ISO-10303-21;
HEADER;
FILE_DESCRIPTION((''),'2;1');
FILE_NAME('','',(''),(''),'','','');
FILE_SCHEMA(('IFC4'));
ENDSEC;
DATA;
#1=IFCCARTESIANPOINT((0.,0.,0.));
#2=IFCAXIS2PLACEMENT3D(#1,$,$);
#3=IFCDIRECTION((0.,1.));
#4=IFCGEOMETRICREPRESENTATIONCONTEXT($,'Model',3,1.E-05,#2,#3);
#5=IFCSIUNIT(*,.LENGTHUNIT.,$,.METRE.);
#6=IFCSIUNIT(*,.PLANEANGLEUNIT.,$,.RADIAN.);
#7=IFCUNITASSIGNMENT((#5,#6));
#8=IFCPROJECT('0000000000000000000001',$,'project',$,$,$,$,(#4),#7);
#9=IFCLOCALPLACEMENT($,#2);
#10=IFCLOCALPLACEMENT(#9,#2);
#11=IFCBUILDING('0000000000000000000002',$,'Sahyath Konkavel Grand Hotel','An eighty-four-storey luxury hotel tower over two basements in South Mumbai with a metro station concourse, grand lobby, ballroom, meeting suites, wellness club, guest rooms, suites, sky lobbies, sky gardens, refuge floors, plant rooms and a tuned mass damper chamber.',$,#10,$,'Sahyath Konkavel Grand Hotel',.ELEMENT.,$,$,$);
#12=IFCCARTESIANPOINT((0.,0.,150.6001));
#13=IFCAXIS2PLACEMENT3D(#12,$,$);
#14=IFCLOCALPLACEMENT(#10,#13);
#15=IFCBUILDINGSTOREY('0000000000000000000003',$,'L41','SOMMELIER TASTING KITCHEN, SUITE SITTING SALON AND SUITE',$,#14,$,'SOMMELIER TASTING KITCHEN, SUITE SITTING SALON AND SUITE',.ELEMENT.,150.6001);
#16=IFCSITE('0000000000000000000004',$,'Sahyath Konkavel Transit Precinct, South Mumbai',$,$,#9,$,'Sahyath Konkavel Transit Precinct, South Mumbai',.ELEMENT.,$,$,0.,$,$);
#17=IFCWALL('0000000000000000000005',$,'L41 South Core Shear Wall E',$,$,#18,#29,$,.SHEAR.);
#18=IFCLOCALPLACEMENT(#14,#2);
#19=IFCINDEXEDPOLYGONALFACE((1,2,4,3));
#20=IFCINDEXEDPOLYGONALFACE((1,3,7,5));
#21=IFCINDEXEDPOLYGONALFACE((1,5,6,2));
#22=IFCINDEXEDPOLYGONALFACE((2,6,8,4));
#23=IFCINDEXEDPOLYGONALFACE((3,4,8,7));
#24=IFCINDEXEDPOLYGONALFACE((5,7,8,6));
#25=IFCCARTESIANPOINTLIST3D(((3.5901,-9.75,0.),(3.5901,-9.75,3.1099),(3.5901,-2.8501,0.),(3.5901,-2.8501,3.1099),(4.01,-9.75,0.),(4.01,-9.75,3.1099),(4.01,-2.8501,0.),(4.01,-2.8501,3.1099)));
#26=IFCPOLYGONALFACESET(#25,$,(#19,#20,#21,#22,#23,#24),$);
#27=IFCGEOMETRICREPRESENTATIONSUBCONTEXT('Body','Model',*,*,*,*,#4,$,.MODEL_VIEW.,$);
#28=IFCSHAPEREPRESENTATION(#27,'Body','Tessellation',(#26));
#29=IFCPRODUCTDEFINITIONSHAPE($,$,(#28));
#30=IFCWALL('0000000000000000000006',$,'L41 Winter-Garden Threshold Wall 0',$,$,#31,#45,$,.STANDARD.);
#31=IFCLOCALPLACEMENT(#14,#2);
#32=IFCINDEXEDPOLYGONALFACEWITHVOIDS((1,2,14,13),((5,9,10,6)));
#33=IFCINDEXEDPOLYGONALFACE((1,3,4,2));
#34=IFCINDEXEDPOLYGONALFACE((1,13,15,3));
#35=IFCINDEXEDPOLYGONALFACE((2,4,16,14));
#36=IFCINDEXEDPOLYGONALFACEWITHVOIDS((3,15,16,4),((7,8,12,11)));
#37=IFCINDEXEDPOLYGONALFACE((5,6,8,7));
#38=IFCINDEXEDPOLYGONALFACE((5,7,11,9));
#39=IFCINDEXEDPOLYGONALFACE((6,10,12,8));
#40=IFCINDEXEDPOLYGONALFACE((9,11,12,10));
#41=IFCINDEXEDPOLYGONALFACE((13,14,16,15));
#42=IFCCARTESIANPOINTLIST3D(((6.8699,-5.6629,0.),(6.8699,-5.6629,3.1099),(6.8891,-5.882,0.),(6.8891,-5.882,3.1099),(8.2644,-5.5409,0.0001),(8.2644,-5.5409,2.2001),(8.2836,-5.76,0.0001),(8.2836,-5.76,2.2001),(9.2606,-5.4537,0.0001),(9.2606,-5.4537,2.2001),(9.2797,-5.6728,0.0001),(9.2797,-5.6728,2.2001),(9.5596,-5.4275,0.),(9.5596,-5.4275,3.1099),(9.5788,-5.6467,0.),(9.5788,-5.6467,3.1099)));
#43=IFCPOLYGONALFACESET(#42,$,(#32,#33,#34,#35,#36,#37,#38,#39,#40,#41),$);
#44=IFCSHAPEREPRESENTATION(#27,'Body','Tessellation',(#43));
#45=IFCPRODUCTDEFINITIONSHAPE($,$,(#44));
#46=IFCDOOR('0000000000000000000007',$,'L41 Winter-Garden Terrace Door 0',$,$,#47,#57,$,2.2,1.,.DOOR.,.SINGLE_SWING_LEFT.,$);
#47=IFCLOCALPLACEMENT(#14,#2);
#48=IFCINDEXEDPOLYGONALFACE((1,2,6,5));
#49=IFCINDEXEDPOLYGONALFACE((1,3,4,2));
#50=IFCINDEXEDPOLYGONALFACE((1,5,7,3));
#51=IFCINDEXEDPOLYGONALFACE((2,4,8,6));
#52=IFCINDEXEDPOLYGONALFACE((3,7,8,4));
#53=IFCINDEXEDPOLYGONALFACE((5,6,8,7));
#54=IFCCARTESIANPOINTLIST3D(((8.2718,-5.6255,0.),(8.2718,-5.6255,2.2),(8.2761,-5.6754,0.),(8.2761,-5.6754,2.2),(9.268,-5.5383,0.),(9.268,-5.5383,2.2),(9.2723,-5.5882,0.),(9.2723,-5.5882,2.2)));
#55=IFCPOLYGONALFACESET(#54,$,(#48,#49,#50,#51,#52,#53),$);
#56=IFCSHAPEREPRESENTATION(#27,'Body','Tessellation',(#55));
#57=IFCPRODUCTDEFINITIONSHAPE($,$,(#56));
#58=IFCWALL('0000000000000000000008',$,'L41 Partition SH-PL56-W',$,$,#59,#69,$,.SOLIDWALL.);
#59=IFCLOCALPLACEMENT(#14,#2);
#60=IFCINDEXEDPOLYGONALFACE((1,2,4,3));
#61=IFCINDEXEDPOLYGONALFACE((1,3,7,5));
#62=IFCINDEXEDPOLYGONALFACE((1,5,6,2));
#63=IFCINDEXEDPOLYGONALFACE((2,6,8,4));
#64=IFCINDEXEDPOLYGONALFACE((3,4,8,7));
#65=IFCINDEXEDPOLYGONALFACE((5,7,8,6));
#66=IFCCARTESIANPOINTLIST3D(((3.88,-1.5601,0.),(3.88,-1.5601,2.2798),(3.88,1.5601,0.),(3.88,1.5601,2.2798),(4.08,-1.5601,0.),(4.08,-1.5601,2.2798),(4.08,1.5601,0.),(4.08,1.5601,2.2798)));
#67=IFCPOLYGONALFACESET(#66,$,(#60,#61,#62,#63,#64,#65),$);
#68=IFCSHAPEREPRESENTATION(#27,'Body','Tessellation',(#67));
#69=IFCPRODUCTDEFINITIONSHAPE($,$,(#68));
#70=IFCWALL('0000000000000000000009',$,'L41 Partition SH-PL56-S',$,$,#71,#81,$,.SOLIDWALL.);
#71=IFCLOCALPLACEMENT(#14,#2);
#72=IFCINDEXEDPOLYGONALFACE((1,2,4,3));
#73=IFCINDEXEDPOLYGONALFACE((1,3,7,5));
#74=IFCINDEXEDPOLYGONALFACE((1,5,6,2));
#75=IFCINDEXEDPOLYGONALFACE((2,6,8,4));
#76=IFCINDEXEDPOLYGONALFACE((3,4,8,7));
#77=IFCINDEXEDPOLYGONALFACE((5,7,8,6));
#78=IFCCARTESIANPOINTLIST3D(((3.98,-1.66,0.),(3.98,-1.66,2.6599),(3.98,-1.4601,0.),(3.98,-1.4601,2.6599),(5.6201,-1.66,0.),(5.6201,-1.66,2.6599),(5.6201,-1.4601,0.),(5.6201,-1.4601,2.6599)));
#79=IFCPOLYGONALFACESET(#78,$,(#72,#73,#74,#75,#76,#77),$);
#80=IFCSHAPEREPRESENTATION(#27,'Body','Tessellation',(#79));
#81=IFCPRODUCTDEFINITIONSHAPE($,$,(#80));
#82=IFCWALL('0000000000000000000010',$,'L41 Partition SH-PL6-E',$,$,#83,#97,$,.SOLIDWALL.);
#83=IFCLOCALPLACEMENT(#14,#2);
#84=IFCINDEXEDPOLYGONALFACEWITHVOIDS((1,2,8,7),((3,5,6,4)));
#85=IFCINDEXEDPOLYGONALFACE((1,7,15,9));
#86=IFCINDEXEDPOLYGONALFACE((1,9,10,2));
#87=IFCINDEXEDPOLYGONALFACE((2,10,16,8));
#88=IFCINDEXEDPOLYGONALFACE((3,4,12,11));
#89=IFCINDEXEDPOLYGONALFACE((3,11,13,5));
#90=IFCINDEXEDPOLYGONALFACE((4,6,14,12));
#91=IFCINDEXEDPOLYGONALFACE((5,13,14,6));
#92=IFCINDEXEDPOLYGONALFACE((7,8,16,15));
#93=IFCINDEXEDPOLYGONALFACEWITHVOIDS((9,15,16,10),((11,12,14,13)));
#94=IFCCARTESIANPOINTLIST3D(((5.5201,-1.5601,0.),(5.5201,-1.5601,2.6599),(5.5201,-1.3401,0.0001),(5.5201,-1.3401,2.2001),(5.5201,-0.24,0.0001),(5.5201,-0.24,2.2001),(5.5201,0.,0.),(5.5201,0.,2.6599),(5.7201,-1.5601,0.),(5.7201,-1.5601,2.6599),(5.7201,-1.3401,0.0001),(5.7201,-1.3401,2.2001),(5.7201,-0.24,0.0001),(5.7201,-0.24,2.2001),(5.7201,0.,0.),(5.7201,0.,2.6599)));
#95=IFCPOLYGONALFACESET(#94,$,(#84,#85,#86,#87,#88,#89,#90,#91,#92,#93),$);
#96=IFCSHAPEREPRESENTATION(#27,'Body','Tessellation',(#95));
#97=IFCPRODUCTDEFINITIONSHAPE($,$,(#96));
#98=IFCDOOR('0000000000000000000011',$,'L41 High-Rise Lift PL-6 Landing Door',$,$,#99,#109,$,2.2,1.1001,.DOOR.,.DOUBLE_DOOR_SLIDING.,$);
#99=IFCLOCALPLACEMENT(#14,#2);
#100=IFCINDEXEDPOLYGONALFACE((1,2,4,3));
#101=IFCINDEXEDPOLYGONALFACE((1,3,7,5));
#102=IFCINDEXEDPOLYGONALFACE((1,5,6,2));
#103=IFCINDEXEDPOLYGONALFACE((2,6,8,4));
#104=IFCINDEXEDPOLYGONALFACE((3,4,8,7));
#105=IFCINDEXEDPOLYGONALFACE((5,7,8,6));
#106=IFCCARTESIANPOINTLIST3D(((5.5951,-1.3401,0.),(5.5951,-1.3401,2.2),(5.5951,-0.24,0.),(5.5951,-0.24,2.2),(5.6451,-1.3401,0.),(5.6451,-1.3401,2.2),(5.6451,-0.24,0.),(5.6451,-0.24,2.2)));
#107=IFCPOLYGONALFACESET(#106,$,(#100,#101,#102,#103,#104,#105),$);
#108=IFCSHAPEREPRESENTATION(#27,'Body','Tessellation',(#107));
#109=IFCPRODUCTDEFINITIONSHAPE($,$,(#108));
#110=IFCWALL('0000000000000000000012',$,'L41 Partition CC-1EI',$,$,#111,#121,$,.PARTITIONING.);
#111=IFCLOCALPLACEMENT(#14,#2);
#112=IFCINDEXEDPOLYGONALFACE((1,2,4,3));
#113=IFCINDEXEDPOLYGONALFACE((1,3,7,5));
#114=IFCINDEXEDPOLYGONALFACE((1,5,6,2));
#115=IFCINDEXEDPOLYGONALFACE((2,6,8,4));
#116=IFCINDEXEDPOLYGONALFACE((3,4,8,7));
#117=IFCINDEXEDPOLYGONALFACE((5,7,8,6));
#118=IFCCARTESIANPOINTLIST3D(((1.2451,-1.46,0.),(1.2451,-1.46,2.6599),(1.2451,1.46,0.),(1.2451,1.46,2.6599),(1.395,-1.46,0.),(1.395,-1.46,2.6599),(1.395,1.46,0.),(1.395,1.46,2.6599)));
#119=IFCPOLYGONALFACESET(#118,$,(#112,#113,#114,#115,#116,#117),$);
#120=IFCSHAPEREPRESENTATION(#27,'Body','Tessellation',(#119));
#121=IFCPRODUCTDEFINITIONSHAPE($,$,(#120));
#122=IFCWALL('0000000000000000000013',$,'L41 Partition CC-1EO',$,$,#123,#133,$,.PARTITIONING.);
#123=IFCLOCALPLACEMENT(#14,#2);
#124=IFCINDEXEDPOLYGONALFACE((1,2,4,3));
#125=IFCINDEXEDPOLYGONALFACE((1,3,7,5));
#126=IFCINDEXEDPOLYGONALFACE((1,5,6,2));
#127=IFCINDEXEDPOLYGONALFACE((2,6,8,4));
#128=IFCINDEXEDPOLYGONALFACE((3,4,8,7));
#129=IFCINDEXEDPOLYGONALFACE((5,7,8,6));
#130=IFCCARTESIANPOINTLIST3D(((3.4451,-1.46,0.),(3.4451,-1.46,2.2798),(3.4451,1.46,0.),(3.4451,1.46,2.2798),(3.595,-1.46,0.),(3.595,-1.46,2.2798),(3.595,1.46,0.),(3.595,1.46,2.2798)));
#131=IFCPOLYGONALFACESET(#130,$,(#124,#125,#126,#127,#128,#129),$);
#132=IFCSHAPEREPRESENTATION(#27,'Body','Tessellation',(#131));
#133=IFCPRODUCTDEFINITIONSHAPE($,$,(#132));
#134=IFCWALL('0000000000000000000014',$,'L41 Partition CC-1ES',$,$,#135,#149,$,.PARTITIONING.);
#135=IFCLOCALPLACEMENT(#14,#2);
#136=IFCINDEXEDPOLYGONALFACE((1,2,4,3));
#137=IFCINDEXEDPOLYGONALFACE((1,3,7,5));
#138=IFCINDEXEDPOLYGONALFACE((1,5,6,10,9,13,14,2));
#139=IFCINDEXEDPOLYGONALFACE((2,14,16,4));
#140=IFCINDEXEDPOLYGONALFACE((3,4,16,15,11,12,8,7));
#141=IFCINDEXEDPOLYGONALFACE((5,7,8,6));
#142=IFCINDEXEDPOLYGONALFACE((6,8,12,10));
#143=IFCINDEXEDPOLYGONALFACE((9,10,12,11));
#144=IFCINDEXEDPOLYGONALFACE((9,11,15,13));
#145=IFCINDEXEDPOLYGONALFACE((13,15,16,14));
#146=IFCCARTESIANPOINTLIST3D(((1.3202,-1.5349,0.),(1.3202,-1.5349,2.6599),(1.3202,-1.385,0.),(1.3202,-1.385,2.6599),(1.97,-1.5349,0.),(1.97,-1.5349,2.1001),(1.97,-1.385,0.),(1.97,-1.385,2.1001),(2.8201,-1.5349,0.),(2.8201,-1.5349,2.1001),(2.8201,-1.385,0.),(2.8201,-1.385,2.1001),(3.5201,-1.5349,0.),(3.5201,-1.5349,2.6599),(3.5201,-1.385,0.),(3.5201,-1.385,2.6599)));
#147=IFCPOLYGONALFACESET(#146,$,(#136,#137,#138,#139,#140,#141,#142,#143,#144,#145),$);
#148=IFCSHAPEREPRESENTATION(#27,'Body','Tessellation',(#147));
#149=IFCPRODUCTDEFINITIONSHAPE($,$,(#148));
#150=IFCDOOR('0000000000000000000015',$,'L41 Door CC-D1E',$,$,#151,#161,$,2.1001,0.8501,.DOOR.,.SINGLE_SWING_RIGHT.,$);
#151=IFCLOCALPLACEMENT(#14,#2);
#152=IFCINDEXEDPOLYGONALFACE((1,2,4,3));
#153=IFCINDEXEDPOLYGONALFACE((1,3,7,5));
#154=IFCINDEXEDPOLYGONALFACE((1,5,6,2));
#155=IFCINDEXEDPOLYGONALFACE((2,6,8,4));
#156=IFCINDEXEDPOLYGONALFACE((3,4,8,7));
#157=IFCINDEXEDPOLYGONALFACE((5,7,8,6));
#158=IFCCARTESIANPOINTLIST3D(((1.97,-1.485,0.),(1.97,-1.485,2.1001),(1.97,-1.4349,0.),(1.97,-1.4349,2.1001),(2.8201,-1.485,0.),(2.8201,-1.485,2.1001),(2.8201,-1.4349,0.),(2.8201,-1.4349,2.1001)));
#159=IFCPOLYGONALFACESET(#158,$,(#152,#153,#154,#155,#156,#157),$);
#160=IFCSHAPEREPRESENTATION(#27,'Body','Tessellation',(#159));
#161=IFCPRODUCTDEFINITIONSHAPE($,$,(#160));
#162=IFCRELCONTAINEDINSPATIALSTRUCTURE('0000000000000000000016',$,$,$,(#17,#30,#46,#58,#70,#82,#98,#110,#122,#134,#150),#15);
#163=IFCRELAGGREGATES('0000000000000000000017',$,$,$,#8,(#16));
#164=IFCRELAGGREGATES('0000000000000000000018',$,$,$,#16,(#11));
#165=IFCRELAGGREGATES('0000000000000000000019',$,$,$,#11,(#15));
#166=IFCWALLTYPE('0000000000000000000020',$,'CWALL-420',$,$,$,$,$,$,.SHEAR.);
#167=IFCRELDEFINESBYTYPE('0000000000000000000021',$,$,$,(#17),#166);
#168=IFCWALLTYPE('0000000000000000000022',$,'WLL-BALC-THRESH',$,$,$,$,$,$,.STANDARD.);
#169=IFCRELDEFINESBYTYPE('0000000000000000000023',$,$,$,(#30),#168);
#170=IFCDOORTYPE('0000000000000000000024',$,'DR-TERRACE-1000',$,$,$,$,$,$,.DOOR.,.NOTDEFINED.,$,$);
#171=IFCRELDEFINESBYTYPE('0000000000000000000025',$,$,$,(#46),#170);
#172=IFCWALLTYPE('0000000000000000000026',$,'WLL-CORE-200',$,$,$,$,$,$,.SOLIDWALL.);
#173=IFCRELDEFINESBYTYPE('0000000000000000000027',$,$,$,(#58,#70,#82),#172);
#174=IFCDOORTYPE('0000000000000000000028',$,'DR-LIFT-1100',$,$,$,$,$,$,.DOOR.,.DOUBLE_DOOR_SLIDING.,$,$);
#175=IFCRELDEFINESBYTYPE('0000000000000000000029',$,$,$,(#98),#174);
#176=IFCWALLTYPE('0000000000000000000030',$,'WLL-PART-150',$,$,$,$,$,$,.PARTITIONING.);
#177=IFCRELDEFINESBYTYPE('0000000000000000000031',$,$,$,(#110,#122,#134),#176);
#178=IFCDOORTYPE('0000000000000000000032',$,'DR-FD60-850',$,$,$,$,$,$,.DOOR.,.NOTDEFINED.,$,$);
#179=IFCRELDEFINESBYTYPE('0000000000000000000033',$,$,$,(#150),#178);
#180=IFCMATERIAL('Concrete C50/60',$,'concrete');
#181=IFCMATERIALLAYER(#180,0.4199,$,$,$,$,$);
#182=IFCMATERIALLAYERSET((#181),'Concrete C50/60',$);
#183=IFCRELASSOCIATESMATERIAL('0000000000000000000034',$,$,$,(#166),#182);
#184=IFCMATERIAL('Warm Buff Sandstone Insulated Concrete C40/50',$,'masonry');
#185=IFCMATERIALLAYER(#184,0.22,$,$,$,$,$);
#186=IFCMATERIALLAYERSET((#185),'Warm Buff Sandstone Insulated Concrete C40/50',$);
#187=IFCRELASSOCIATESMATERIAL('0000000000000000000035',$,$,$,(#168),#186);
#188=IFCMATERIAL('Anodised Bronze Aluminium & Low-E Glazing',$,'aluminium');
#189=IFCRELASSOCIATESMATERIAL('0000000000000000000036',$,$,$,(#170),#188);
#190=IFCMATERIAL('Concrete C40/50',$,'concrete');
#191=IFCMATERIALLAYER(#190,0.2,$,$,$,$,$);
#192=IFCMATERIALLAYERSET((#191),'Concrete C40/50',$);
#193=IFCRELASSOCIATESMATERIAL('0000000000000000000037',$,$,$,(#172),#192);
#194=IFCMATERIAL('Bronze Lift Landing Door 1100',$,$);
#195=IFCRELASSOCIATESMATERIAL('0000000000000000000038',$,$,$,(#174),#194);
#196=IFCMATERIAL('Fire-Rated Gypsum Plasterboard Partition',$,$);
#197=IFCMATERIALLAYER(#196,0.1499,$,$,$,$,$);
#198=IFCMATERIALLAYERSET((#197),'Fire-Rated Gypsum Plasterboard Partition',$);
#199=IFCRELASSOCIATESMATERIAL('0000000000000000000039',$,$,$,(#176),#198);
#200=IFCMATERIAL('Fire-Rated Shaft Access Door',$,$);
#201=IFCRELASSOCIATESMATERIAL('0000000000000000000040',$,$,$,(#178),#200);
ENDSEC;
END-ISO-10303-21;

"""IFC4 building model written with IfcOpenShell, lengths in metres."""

from ifc_helpers import new_model, si_unit, direction, frame, frame_2d, origin, origin_2d, place, context, subcontext, project, spatial, rectangle, extrude, source, transform, mapped, material, layer, layer_set, type_object, element, fill, save


model = new_model("IFC4")

# Units and contexts
model_context = context("Model", 3, precision=1e-05, world=origin(), true_north=direction((0.0, 1.0)))
body_context = subcontext(model_context, "Body", "Model", "MODEL_VIEW")
ifc_project = project(units=[si_unit("LENGTHUNIT", "METRE"), si_unit("PLANEANGLEUNIT", "RADIAN")], contexts=[model_context])

# Site, building, storey
site_placement = place(None, origin())
site = spatial("IfcSite", under=ifc_project, at=site_placement, Name="Sahyath Konkavel Transit Precinct, South Mumbai", LongName="Sahyath Konkavel Transit Precinct, South Mumbai", CompositionType="ELEMENT", RefElevation=0.0)
building_placement = place(site_placement, origin())
building = spatial("IfcBuilding", under=site, at=building_placement, Name="Sahyath Konkavel Grand Hotel", Description="An eighty-four-storey luxury hotel tower over two basements in South Mumbai with a metro station concourse, grand lobby, ballroom, meeting suites, wellness club, guest rooms, suites, sky lobbies, sky gardens, refuge floors, plant rooms and a tuned mass damper chamber.", LongName="Sahyath Konkavel Grand Hotel", CompositionType="ELEMENT")
storey_placement = place(building_placement, frame((0.0, 0.0, 150.6001)))
storey = spatial("IfcBuildingStorey", under=building, at=storey_placement, Name="L41", Description="SOMMELIER TASTING KITCHEN, SUITE SITTING SALON AND SUITE", LongName="SOMMELIER TASTING KITCHEN, SUITE SITTING SALON AND SUITE", CompositionType="ELEMENT", Elevation=150.6001)

# Shared definitions
ifc_material_1 = material(Name="Concrete C50/60", Category="concrete")

# Wall
ifc_layer_1 = layer(ifc_material_1, 0.4199)
ifc_layer_set_1 = layer_set([ifc_layer_1], Name="Concrete C50/60")
wall_type_1 = type_object("IfcWallType", Name="CWALL-420", PredefinedType="SHEAR", material=ifc_layer_set_1)
wall_1_placement = place(storey_placement, frame((3.8, -9.75, 0.0), z_axis=(0.0, 0.0, 1.0), x_axis=(0.0, 1.0, 0.0)))
element("IfcWall", 1, at=wall_1_placement, inside=storey, type_object=wall_type_1, Name="L41 South Core Shear Wall E", PredefinedType="SHEAR", context=body_context, shape_type="SweptSolid", body=[
    extrude(rectangle(XDim=6.8999, YDim=0.4199, at=frame_2d((3.45, 0.0))), origin(), (0.0, 0.0, 1.0), 3.1099),
])

# Wall, opening, door
ifc_material_2 = material(Name="Warm Buff Sandstone Insulated Concrete C40/50", Category="masonry")
ifc_layer_2 = layer(ifc_material_2, 0.22)
ifc_layer_set_2 = layer_set([ifc_layer_2], Name="Warm Buff Sandstone Insulated Concrete C40/50")
wall_type_2 = type_object("IfcWallType", Name="WLL-BALC-THRESH", PredefinedType="STANDARD", material=ifc_layer_set_2)
wall_2_placement = place(storey_placement, frame((6.8794, -5.7725, 0.0), z_axis=(0.0, 0.0, 1.0), x_axis=(0.996194, 0.087168, 0.0)))
wall_2 = element("IfcWall", 2, at=wall_2_placement, inside=storey, type_object=wall_type_2, Name="L41 Winter-Garden Threshold Wall 0", PredefinedType="STANDARD", context=body_context, shape_type="SweptSolid", body=[
    extrude(rectangle(XDim=2.7, YDim=0.22, at=frame_2d((1.3501, 0.0))), origin(), (0.0, 0.0, 1.0), 3.1099),
])
opening_1_placement = place(wall_2_placement, frame((1.3999, 0.0, 0.0)))
opening_1 = element("IfcOpeningElement", 3, at=opening_1_placement, cuts=wall_2, PredefinedType="OPENING", context=body_context, shape_type="SweptSolid", body=[
    extrude(rectangle(XDim=1.0, YDim=2.2, at=frame_2d((0.5, 1.1001))), frame((0.0, 0.1201, 0.0), z_axis=(0.0, -1.0, 0.0), x_axis=(1.0, 0.0, 0.0)), (0.0, 0.0, 1.0), 0.24),
])
ifc_material_3 = material(Name="Anodised Bronze Aluminium & Low-E Glazing", Category="aluminium")
door_type_1 = type_object("IfcDoorType", Name="DR-TERRACE-1000", OperationType="NOTDEFINED", PredefinedType="DOOR", material=ifc_material_3)
shared_shape_1 = source(origin(), body_context, "Body", "SweptSolid", [
    extrude(rectangle(XDim=1.0, YDim=0.05, at=origin_2d()), origin(), (0.0, 0.0, 1.0), 2.2),
])
door_1_placement = place(opening_1_placement, frame((0.5, 0.0, 0.0)))
door_1 = element("IfcDoor", 4, at=door_1_placement, inside=storey, type_object=door_type_1, Name="L41 Winter-Garden Terrace Door 0", OperationType="SINGLE_SWING_LEFT", OverallHeight=2.2, OverallWidth=1.0, PredefinedType="DOOR", context=body_context, shape_type="MappedRepresentation", body=[
    mapped(shared_shape_1, transform((0.0, 0.0, 0.0), scale=1.0)),
])
fill(opening_1, door_1)

# Walls
ifc_material_4 = material(Name="Concrete C40/50", Category="concrete")
ifc_layer_3 = layer(ifc_material_4, 0.2)
ifc_layer_set_3 = layer_set([ifc_layer_3], Name="Concrete C40/50")
wall_type_3 = type_object("IfcWallType", Name="WLL-CORE-200", PredefinedType="SOLIDWALL", material=ifc_layer_set_3)
wall_3_placement = place(storey_placement, frame((3.98, -1.5601, 0.0), z_axis=(0.0, 0.0, 1.0), x_axis=(0.0, 1.0, 0.0)))
element("IfcWall", 5, at=wall_3_placement, inside=storey, type_object=wall_type_3, Name="L41 Partition SH-PL56-W", PredefinedType="SOLIDWALL", context=body_context, shape_type="SweptSolid", body=[
    extrude(rectangle(XDim=3.1201, YDim=0.2, at=frame_2d((1.5601, 0.0))), origin(), (0.0, 0.0, 1.0), 2.2798),
])
wall_4_placement = place(storey_placement, frame((3.98, -1.5601, 0.0), z_axis=(0.0, 0.0, 1.0), x_axis=(1.0, 0.0, 0.0)))
element("IfcWall", 6, at=wall_4_placement, inside=storey, type_object=wall_type_3, Name="L41 Partition SH-PL56-S", PredefinedType="SOLIDWALL", context=body_context, shape_type="SweptSolid", body=[
    extrude(rectangle(XDim=1.6401, YDim=0.2, at=frame_2d((0.8201, 0.0))), origin(), (0.0, 0.0, 1.0), 2.6599),
])

# Wall, opening, door
wall_5_placement = place(storey_placement, frame((5.6201, -1.5601, 0.0), z_axis=(0.0, 0.0, 1.0), x_axis=(0.0, 1.0, 0.0)))
wall_5 = element("IfcWall", 7, at=wall_5_placement, inside=storey, type_object=wall_type_3, Name="L41 Partition SH-PL6-E", PredefinedType="SOLIDWALL", context=body_context, shape_type="SweptSolid", body=[
    extrude(rectangle(XDim=1.5601, YDim=0.2, at=frame_2d((0.78, 0.0))), origin(), (0.0, 0.0, 1.0), 2.6599),
])
opening_2_placement = place(wall_5_placement, frame((0.22, 0.0, 0.0)))
opening_2 = element("IfcOpeningElement", 8, at=opening_2_placement, cuts=wall_5, PredefinedType="OPENING", context=body_context, shape_type="SweptSolid", body=[
    extrude(rectangle(XDim=1.1001, YDim=2.2, at=frame_2d((0.55, 1.1001))), frame((0.0, 0.1099, 0.0), z_axis=(0.0, -1.0, 0.0), x_axis=(1.0, 0.0, 0.0)), (0.0, 0.0, 1.0), 0.22),
])
ifc_material_5 = material(Name="Bronze Lift Landing Door 1100")
door_type_2 = type_object("IfcDoorType", Name="DR-LIFT-1100", OperationType="DOUBLE_DOOR_SLIDING", PredefinedType="DOOR", material=ifc_material_5)
shared_shape_2 = source(origin(), body_context, "Body", "SweptSolid", [
    extrude(rectangle(XDim=1.1001, YDim=0.05, at=origin_2d()), origin(), (0.0, 0.0, 1.0), 2.2),
])
door_2_placement = place(opening_2_placement, frame((0.55, 0.0, 0.0)))
door_2 = element("IfcDoor", 9, at=door_2_placement, inside=storey, type_object=door_type_2, Name="L41 High-Rise Lift PL-6 Landing Door", OperationType="DOUBLE_DOOR_SLIDING", OverallHeight=2.2, OverallWidth=1.1001, PredefinedType="DOOR", context=body_context, shape_type="MappedRepresentation", body=[
    mapped(shared_shape_2, transform((0.0, 0.0, 0.0), scale=1.0)),
])
fill(opening_2, door_2)

# Walls
ifc_material_6 = material(Name="Fire-Rated Gypsum Plasterboard Partition")
ifc_layer_4 = layer(ifc_material_6, 0.1499)
ifc_layer_set_4 = layer_set([ifc_layer_4], Name="Fire-Rated Gypsum Plasterboard Partition")
wall_type_4 = type_object("IfcWallType", Name="WLL-PART-150", PredefinedType="PARTITIONING", material=ifc_layer_set_4)
wall_6_placement = place(storey_placement, frame((1.3201, -1.46, 0.0), z_axis=(0.0, 0.0, 1.0), x_axis=(0.0, 1.0, 0.0)))
element("IfcWall", 10, at=wall_6_placement, inside=storey, type_object=wall_type_4, Name="L41 Partition CC-1EI", PredefinedType="PARTITIONING", context=body_context, shape_type="SweptSolid", body=[
    extrude(rectangle(XDim=2.9199, YDim=0.1499, at=frame_2d((1.46, 0.0))), origin(), (0.0, 0.0, 1.0), 2.6599),
])
wall_7_placement = place(storey_placement, frame((3.52, -1.46, 0.0), z_axis=(0.0, 0.0, 1.0), x_axis=(0.0, 1.0, 0.0)))
element("IfcWall", 11, at=wall_7_placement, inside=storey, type_object=wall_type_4, Name="L41 Partition CC-1EO", PredefinedType="PARTITIONING", context=body_context, shape_type="SweptSolid", body=[
    extrude(rectangle(XDim=2.9199, YDim=0.1499, at=frame_2d((1.46, 0.0))), origin(), (0.0, 0.0, 1.0), 2.2798),
])

# Wall, opening, door
wall_8_placement = place(storey_placement, frame((1.3201, -1.46, 0.0), z_axis=(0.0, 0.0, 1.0), x_axis=(1.0, 0.0, 0.0)))
wall_8 = element("IfcWall", 12, at=wall_8_placement, inside=storey, type_object=wall_type_4, Name="L41 Partition CC-1ES", PredefinedType="PARTITIONING", context=body_context, shape_type="SweptSolid", body=[
    extrude(rectangle(XDim=2.2, YDim=0.1499, at=frame_2d((1.1001, 0.0))), origin(), (0.0, 0.0, 1.0), 2.6599),
])
opening_3_placement = place(wall_8_placement, frame((0.6499, 0.0, 0.0)))
opening_3 = element("IfcOpeningElement", 13, at=opening_3_placement, cuts=wall_8, PredefinedType="OPENING", context=body_context, shape_type="SweptSolid", body=[
    extrude(rectangle(XDim=0.8501, YDim=2.1001, at=frame_2d((0.425, 1.05))), frame((0.0, 0.085, 0.0), z_axis=(0.0, -1.0, 0.0), x_axis=(1.0, 0.0, 0.0)), (0.0, 0.0, 1.0), 0.1699),
])
ifc_material_7 = material(Name="Fire-Rated Shaft Access Door")
door_type_3 = type_object("IfcDoorType", Name="DR-FD60-850", OperationType="NOTDEFINED", PredefinedType="DOOR", material=ifc_material_7)
shared_shape_3 = source(origin(), body_context, "Body", "SweptSolid", [
    extrude(rectangle(XDim=0.8501, YDim=0.05, at=origin_2d()), origin(), (0.0, 0.0, 1.0), 2.1001),
])
door_3_placement = place(opening_3_placement, frame((0.425, 0.0, 0.0)))
door_3 = element("IfcDoor", 14, at=door_3_placement, inside=storey, type_object=door_type_3, Name="L41 Door CC-D1E", OperationType="SINGLE_SWING_RIGHT", OverallHeight=2.1001, OverallWidth=0.8501, PredefinedType="DOOR", context=body_context, shape_type="MappedRepresentation", body=[
    mapped(shared_shape_3, transform((0.0, 0.0, 0.0), scale=1.0)),
])
fill(opening_3, door_3)

save(model, "model.ifc")
